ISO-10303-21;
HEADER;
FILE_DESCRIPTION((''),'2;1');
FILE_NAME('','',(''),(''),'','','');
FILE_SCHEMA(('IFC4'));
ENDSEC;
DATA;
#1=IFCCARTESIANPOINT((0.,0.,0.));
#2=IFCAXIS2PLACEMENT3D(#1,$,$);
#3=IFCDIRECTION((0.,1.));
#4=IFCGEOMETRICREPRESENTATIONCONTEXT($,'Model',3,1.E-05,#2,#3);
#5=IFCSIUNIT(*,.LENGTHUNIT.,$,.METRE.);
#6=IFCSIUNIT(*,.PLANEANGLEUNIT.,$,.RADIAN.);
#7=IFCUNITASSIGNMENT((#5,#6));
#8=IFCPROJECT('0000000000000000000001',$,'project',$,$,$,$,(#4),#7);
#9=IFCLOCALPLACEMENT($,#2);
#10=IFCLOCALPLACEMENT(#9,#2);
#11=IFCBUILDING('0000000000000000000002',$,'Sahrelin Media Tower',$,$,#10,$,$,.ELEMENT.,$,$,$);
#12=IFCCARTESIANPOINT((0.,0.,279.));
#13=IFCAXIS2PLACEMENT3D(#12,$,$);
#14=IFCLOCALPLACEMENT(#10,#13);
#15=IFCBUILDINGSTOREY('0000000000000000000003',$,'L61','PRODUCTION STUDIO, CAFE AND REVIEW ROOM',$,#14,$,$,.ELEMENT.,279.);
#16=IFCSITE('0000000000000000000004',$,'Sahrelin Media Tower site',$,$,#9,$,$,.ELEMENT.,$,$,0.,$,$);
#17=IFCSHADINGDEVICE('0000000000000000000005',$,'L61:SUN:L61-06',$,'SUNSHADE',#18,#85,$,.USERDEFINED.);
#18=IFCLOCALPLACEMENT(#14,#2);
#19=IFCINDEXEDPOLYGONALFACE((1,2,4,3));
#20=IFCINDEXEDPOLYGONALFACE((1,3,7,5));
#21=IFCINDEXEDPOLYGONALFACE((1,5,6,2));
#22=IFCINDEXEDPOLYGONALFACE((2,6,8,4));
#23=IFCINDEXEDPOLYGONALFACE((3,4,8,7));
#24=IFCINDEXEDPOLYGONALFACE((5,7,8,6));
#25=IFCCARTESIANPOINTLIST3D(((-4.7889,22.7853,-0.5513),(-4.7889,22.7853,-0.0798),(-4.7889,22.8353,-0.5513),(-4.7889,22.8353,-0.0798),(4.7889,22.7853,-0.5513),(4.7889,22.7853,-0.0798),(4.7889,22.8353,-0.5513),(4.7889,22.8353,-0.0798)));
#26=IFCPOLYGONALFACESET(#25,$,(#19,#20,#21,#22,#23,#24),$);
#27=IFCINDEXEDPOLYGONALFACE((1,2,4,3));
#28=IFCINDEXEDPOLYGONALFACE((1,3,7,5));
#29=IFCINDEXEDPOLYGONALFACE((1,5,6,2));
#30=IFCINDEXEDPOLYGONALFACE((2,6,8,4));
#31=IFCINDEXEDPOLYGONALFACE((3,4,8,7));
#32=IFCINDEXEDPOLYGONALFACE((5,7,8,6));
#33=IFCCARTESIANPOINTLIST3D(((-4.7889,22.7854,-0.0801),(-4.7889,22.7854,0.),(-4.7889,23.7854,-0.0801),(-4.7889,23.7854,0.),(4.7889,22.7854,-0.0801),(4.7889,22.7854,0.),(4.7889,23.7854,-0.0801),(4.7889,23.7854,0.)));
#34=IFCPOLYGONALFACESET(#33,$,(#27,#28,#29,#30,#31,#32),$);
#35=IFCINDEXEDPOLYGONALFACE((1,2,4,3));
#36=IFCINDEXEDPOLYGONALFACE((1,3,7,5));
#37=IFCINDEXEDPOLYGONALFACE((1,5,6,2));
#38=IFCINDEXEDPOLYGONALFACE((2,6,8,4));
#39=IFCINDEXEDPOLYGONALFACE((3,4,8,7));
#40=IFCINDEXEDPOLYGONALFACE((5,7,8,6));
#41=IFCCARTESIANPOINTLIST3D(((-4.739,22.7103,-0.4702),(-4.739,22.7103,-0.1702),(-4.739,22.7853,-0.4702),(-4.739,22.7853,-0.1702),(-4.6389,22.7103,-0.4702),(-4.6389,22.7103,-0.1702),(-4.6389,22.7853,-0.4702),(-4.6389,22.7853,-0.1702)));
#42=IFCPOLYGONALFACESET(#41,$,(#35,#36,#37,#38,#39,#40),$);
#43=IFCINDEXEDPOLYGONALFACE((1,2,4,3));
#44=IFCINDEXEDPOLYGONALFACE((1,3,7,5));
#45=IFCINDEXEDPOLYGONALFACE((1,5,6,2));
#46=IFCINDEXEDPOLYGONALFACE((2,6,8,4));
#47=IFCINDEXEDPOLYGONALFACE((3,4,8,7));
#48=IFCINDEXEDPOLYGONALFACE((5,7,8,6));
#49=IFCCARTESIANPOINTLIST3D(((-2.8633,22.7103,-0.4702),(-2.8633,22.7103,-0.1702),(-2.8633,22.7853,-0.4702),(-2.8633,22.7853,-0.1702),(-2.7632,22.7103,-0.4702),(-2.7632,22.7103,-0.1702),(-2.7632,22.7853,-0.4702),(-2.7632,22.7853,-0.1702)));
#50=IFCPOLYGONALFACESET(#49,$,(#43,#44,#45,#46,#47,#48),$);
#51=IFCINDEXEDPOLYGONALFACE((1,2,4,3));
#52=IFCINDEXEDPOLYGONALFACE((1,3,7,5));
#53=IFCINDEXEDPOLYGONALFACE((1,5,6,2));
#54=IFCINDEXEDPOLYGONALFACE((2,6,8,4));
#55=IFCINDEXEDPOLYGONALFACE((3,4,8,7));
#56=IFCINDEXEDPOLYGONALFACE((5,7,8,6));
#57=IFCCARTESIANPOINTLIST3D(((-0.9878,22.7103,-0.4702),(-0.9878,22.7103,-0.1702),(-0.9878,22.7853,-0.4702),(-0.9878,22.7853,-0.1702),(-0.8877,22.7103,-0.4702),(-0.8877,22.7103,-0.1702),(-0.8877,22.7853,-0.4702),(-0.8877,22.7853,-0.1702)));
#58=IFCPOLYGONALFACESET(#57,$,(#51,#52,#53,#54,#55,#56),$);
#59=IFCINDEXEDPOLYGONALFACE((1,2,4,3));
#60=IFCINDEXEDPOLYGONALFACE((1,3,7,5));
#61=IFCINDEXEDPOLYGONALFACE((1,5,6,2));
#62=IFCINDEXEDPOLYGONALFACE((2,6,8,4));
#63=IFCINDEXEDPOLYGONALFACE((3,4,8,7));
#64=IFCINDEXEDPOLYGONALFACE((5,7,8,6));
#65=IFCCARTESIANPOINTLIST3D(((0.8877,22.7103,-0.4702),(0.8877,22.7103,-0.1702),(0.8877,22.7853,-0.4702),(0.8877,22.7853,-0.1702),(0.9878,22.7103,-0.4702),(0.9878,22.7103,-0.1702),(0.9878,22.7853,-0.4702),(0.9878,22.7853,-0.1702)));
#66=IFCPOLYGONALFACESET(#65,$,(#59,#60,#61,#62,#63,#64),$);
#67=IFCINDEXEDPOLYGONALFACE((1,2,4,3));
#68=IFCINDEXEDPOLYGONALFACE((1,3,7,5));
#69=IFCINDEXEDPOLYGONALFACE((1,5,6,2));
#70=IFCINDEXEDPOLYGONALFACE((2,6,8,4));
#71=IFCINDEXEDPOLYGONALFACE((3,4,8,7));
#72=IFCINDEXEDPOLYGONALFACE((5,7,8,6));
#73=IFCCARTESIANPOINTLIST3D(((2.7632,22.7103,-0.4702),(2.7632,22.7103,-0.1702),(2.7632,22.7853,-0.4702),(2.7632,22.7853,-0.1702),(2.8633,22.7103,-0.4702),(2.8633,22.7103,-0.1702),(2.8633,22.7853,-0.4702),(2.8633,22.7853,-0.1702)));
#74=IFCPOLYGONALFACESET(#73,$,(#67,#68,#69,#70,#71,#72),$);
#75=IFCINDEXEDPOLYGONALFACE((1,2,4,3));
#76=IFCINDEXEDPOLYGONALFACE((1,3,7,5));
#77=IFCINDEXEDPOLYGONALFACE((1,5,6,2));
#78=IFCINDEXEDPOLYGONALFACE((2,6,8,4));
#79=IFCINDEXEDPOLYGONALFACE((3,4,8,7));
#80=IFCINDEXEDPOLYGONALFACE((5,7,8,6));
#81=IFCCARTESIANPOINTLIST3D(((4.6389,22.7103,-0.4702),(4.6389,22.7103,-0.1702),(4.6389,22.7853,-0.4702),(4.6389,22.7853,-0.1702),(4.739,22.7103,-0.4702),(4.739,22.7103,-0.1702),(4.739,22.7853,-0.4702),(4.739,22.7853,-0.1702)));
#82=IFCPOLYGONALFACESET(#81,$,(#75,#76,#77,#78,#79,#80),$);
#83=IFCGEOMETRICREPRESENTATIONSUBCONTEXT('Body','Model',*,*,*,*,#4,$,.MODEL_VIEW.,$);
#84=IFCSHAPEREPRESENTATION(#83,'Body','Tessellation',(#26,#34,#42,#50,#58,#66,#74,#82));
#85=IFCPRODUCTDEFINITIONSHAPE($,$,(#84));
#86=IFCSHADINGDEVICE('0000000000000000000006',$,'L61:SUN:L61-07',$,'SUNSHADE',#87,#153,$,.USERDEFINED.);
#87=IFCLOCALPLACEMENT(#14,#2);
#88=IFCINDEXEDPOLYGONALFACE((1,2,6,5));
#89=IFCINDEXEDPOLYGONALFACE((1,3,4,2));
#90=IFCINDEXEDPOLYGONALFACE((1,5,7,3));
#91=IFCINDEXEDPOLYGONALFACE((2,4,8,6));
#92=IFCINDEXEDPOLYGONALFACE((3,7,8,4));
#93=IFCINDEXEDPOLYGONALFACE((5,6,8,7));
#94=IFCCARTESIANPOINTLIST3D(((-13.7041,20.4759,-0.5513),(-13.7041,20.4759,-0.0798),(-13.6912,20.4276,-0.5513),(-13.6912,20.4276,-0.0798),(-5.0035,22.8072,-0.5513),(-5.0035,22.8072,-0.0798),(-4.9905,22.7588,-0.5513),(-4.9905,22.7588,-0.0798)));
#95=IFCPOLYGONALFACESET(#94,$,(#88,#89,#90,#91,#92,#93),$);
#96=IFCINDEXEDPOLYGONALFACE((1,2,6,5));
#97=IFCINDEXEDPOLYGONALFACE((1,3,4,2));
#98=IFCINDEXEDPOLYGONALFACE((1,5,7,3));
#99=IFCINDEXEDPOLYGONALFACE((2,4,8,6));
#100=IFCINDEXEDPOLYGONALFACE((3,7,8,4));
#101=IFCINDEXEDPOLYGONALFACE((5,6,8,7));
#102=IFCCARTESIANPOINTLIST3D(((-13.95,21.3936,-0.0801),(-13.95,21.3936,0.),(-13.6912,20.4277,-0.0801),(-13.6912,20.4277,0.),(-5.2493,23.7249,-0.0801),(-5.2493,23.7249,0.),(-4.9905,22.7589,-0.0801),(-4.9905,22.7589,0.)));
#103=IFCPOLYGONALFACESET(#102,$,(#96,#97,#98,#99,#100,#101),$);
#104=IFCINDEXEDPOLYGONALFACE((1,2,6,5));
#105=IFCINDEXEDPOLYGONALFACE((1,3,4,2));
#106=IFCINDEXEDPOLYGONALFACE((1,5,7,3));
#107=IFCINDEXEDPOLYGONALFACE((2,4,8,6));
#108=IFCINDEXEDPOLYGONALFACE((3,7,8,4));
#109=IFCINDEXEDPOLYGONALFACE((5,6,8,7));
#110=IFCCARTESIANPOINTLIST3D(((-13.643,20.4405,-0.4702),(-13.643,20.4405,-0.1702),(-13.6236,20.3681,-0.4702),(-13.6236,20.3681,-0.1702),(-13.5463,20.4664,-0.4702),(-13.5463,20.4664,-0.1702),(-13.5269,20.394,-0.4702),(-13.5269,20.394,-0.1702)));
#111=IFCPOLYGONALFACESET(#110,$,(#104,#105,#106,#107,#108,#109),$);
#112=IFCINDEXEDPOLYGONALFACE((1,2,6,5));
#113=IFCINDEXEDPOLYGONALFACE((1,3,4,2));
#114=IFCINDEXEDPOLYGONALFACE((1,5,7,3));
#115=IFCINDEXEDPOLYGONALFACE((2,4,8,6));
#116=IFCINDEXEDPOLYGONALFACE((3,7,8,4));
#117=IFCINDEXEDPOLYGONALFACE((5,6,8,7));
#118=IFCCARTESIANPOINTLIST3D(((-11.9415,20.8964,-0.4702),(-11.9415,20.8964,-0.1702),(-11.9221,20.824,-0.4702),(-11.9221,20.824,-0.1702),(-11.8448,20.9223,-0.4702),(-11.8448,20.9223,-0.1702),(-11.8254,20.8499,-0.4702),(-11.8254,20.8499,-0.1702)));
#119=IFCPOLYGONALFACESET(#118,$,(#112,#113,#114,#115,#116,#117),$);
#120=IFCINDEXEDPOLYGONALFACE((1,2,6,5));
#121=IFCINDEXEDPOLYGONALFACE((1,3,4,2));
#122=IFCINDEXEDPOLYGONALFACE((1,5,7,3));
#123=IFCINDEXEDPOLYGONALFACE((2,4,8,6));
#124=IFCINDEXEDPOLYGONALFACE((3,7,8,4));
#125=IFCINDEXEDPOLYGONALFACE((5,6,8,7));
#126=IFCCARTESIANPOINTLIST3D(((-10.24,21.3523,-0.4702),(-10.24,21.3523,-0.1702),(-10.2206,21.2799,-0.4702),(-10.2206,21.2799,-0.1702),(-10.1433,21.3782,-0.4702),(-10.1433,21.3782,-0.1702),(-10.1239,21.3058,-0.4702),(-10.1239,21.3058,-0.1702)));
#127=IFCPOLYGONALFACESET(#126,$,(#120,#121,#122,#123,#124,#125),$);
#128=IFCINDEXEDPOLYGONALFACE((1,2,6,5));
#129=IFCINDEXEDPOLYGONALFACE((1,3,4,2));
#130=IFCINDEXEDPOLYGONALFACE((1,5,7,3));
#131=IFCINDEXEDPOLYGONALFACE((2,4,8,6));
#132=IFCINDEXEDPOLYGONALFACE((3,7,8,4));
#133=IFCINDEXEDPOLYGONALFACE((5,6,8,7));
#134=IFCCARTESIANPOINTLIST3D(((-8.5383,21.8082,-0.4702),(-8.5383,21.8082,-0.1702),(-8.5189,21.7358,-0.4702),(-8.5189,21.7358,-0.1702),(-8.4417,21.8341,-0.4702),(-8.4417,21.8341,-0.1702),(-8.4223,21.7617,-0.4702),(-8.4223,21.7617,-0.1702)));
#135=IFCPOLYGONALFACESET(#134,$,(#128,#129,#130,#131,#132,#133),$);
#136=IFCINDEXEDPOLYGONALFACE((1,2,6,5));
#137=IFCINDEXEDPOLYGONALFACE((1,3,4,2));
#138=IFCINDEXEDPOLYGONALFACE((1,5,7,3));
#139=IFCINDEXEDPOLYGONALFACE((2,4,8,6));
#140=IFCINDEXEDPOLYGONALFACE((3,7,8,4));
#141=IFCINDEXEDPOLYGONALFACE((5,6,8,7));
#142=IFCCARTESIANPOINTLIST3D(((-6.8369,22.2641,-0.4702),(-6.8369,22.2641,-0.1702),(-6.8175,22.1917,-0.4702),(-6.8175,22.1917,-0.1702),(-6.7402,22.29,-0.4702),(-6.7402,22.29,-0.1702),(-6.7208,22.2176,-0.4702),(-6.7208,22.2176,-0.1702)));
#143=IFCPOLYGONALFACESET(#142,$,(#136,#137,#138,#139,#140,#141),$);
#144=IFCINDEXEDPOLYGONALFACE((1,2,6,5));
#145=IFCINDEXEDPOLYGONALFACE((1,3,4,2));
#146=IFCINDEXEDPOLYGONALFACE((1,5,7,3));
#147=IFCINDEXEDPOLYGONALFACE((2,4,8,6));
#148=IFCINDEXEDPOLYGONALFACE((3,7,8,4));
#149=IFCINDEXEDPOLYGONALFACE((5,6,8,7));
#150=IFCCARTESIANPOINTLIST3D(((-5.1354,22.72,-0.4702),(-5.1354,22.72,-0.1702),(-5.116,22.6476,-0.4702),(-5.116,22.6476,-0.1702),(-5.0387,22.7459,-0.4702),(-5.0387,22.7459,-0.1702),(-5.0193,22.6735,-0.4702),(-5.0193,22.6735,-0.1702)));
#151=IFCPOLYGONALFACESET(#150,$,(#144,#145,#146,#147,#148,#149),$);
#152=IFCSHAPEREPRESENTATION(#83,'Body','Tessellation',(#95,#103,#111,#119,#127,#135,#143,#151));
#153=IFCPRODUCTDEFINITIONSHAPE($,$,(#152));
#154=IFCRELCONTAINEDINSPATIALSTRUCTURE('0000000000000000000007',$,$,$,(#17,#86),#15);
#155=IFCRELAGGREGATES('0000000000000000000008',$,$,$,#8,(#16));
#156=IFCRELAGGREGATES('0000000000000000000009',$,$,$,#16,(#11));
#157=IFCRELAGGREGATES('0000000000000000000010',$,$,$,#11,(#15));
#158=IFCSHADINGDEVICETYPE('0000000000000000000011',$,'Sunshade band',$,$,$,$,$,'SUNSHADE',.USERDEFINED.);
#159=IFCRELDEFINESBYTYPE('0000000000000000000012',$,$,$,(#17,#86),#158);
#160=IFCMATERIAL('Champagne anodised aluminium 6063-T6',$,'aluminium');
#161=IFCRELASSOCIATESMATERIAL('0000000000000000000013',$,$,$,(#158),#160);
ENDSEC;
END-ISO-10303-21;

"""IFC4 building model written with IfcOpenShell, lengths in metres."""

from ifc_helpers import new_model, si_unit, direction, frame, origin, origin_2d, place, context, subcontext, project, spatial, rectangle, extrude, material, type_object, element, save


model = new_model("IFC4")

# Units and contexts
model_context = context("Model", 3, precision=1e-05, world=origin(), true_north=direction((0.0, 1.0)))
body_context = subcontext(model_context, "Body", "Model", "MODEL_VIEW")
ifc_project = project(units=[si_unit("LENGTHUNIT", "METRE"), si_unit("PLANEANGLEUNIT", "RADIAN")], contexts=[model_context])

# Site, building, storey
site_placement = place(None, origin())
site = spatial("IfcSite", under=ifc_project, at=site_placement, Name="Sahrelin Media Tower site", CompositionType="ELEMENT", RefElevation=0.0)
building_placement = place(site_placement, origin())
building = spatial("IfcBuilding", under=site, at=building_placement, Name="Sahrelin Media Tower", CompositionType="ELEMENT")
storey_placement = place(building_placement, frame((0.0, 0.0, 279.0)))
storey = spatial("IfcBuildingStorey", under=building, at=storey_placement, Name="L61", Description="PRODUCTION STUDIO, CAFE AND REVIEW ROOM", CompositionType="ELEMENT", Elevation=279.0)

# Shared definitions
ifc_material_1 = material(Name="Champagne anodised aluminium 6063-T6", Category="aluminium")
placement_1 = place(storey_placement, frame((0.0, 22.7654, 0.0), z_axis=(0.0, 0.0, 1.0), x_axis=(1.0, 0.0, 0.0)))

# Shading devices
placement_2 = place(storey_placement, frame((-9.3357, 21.574, 0.0), z_axis=(0.0, 0.0, 1.0), x_axis=(0.965929, 0.258808, 0.0)))
shading_device_type_1 = type_object("IfcShadingDeviceType", Name="Sunshade band", ElementType="SUNSHADE", PredefinedType="USERDEFINED", material=ifc_material_1)
element("IfcShadingDevice", 1, at=placement_1, inside=storey, type_object=shading_device_type_1, Name="L61:SUN:L61-06", ObjectType="SUNSHADE", PredefinedType="USERDEFINED", context=body_context, shape_type="SweptSolid", body=[
    extrude(rectangle(XDim=9.5779, YDim=0.05, at=origin_2d()), frame((0.0, 0.0449, -0.5513)), (0.0, 0.0, 1.0), 0.4714),
    extrude(rectangle(XDim=9.5779, YDim=1.0, at=origin_2d()), frame((0.0, 0.52, -0.0801)), (0.0, 0.0, 1.0), 0.0801),
    extrude(rectangle(XDim=0.1001, YDim=0.075, at=origin_2d()), frame((-4.689, -0.0176, -0.4702)), (0.0, 0.0, 1.0), 0.3),
    extrude(rectangle(XDim=0.1001, YDim=0.075, at=origin_2d()), frame((-2.8132, -0.0176, -0.4702)), (0.0, 0.0, 1.0), 0.3),
    extrude(rectangle(XDim=0.1001, YDim=0.075, at=origin_2d()), frame((-0.9377, -0.0176, -0.4702)), (0.0, 0.0, 1.0), 0.3),
    extrude(rectangle(XDim=0.1001, YDim=0.075, at=origin_2d()), frame((0.9377, -0.0176, -0.4702)), (0.0, 0.0, 1.0), 0.3),
    extrude(rectangle(XDim=0.1001, YDim=0.075, at=origin_2d()), frame((2.8132, -0.0176, -0.4702)), (0.0, 0.0, 1.0), 0.3),
    extrude(rectangle(XDim=0.1001, YDim=0.075, at=origin_2d()), frame((4.689, -0.0176, -0.4702)), (0.0, 0.0, 1.0), 0.3),
])
element("IfcShadingDevice", 2, at=placement_2, inside=storey, type_object=shading_device_type_1, Name="L61:SUN:L61-07", ObjectType="SUNSHADE", PredefinedType="USERDEFINED", context=body_context, shape_type="SweptSolid", body=[
    extrude(rectangle(XDim=9.0076, YDim=0.05, at=origin_2d()), frame((0.0, 0.0449, -0.5513)), (0.0, 0.0, 1.0), 0.4714),
    extrude(rectangle(XDim=9.0076, YDim=1.0, at=origin_2d()), frame((0.0, 0.52, -0.0801)), (0.0, 0.0, 1.0), 0.0801),
    extrude(rectangle(XDim=0.1001, YDim=0.075, at=origin_2d()), frame((-4.4038, -0.0176, -0.4702)), (0.0, 0.0, 1.0), 0.3),
    extrude(rectangle(XDim=0.1001, YDim=0.075, at=origin_2d()), frame((-2.6423, -0.0176, -0.4702)), (0.0, 0.0, 1.0), 0.3),
    extrude(rectangle(XDim=0.1001, YDim=0.075, at=origin_2d()), frame((-0.8809, -0.0176, -0.4702)), (0.0, 0.0, 1.0), 0.3),
    extrude(rectangle(XDim=0.1001, YDim=0.075, at=origin_2d()), frame((0.8809, -0.0176, -0.4702)), (0.0, 0.0, 1.0), 0.3),
    extrude(rectangle(XDim=0.1001, YDim=0.075, at=origin_2d()), frame((2.6423, -0.0176, -0.4702)), (0.0, 0.0, 1.0), 0.3),
    extrude(rectangle(XDim=0.1001, YDim=0.075, at=origin_2d()), frame((4.4038, -0.0176, -0.4702)), (0.0, 0.0, 1.0), 0.3),
])

save(model, "model.ifc")
